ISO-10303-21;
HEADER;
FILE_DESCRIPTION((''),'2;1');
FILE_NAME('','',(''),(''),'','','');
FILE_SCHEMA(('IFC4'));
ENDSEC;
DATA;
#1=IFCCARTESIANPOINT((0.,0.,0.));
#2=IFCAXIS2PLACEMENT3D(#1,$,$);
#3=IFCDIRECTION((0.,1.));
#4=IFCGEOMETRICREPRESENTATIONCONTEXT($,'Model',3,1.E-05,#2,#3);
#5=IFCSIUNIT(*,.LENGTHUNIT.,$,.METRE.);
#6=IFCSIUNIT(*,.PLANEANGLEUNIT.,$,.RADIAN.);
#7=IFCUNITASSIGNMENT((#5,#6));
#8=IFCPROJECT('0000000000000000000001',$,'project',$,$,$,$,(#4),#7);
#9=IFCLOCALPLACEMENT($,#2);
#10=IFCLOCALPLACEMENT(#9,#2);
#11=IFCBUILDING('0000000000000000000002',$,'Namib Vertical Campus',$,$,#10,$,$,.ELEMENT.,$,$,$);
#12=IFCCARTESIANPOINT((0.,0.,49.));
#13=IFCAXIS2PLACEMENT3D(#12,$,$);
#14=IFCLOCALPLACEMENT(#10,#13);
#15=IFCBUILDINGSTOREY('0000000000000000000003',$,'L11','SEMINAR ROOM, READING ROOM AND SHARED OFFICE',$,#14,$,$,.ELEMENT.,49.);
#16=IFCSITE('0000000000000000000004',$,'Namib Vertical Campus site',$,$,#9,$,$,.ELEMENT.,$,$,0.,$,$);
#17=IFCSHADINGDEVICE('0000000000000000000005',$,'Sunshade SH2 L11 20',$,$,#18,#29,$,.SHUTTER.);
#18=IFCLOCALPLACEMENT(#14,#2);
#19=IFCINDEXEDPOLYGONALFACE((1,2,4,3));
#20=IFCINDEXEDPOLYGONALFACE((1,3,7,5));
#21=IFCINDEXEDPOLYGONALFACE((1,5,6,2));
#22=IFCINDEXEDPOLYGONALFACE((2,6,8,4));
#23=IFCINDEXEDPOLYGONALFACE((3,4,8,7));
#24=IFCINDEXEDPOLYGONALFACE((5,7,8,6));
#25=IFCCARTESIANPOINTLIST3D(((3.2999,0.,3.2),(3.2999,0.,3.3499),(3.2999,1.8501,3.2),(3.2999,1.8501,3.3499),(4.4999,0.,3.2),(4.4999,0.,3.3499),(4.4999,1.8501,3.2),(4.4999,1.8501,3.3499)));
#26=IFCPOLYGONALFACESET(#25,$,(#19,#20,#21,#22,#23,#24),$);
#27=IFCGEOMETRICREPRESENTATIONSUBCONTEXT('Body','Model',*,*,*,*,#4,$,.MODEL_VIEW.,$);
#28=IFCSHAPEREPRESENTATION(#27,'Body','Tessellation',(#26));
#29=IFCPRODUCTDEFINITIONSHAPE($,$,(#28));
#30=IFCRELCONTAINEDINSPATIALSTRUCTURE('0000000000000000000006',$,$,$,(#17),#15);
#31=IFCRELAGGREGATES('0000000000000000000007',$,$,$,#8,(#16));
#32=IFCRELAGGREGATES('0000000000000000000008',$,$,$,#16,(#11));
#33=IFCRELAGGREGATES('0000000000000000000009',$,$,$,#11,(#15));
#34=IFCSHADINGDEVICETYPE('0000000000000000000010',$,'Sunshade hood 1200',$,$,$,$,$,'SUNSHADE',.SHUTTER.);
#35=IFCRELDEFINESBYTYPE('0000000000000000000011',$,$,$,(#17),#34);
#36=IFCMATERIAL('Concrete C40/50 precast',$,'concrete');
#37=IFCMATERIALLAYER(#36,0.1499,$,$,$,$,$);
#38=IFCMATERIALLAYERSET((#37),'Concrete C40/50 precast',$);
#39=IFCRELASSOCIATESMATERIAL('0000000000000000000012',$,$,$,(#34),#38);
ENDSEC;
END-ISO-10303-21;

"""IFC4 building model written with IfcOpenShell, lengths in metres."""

from ifc_helpers import new_model, si_unit, direction, frame, origin, origin_2d, place, context, subcontext, project, spatial, rectangle, extrude, material, layer, layer_set, type_object, element, save


model = new_model("IFC4")

# Units and contexts
model_context = context("Model", 3, precision=1e-05, world=origin(), true_north=direction((0.0, 1.0)))
body_context = subcontext(model_context, "Body", "Model", "MODEL_VIEW")
ifc_project = project(units=[si_unit("LENGTHUNIT", "METRE"), si_unit("PLANEANGLEUNIT", "RADIAN")], contexts=[model_context])

# Site, building, storey
site_placement = place(None, origin())
site = spatial("IfcSite", under=ifc_project, at=site_placement, Name="Namib Vertical Campus site", CompositionType="ELEMENT", RefElevation=0.0)
building_placement = place(site_placement, origin())
building = spatial("IfcBuilding", under=site, at=building_placement, Name="Namib Vertical Campus", CompositionType="ELEMENT")
storey_placement = place(building_placement, frame((0.0, 0.0, 49.0)))
storey = spatial("IfcBuildingStorey", under=building, at=storey_placement, Name="L11", Description="SEMINAR ROOM, READING ROOM AND SHARED OFFICE", CompositionType="ELEMENT", Elevation=49.0)

# Shading device
ifc_material_1 = material(Name="Concrete C40/50 precast", Category="concrete")
ifc_layer_1 = layer(ifc_material_1, 0.1499)
ifc_layer_set_1 = layer_set([ifc_layer_1], Name="Concrete C40/50 precast")
shading_device_type = type_object("IfcShadingDeviceType", Name="Sunshade hood 1200", ElementType="SUNSHADE", PredefinedType="SHUTTER", material=ifc_layer_set_1)
for number, where, z_axis, x_axis, name in (
    (1, (3.8999, 0.925, 3.2), (0.0, 0.0, 1.0), (0.0, -1.0, 0.0), "Sunshade SH2 L11 20"),
):
    element("IfcShadingDevice", number, at=place(storey_placement, frame(where, z_axis=z_axis, x_axis=x_axis)), inside=storey, type_object=shading_device_type, Name=name, PredefinedType="SHUTTER", context=body_context, shape_type="SweptSolid", body=[
        extrude(rectangle(XDim=1.8501, YDim=1.2, at=origin_2d()), origin(), (0.0, 0.0, 1.0), 0.1499),
    ])

save(model, "model.ifc")
